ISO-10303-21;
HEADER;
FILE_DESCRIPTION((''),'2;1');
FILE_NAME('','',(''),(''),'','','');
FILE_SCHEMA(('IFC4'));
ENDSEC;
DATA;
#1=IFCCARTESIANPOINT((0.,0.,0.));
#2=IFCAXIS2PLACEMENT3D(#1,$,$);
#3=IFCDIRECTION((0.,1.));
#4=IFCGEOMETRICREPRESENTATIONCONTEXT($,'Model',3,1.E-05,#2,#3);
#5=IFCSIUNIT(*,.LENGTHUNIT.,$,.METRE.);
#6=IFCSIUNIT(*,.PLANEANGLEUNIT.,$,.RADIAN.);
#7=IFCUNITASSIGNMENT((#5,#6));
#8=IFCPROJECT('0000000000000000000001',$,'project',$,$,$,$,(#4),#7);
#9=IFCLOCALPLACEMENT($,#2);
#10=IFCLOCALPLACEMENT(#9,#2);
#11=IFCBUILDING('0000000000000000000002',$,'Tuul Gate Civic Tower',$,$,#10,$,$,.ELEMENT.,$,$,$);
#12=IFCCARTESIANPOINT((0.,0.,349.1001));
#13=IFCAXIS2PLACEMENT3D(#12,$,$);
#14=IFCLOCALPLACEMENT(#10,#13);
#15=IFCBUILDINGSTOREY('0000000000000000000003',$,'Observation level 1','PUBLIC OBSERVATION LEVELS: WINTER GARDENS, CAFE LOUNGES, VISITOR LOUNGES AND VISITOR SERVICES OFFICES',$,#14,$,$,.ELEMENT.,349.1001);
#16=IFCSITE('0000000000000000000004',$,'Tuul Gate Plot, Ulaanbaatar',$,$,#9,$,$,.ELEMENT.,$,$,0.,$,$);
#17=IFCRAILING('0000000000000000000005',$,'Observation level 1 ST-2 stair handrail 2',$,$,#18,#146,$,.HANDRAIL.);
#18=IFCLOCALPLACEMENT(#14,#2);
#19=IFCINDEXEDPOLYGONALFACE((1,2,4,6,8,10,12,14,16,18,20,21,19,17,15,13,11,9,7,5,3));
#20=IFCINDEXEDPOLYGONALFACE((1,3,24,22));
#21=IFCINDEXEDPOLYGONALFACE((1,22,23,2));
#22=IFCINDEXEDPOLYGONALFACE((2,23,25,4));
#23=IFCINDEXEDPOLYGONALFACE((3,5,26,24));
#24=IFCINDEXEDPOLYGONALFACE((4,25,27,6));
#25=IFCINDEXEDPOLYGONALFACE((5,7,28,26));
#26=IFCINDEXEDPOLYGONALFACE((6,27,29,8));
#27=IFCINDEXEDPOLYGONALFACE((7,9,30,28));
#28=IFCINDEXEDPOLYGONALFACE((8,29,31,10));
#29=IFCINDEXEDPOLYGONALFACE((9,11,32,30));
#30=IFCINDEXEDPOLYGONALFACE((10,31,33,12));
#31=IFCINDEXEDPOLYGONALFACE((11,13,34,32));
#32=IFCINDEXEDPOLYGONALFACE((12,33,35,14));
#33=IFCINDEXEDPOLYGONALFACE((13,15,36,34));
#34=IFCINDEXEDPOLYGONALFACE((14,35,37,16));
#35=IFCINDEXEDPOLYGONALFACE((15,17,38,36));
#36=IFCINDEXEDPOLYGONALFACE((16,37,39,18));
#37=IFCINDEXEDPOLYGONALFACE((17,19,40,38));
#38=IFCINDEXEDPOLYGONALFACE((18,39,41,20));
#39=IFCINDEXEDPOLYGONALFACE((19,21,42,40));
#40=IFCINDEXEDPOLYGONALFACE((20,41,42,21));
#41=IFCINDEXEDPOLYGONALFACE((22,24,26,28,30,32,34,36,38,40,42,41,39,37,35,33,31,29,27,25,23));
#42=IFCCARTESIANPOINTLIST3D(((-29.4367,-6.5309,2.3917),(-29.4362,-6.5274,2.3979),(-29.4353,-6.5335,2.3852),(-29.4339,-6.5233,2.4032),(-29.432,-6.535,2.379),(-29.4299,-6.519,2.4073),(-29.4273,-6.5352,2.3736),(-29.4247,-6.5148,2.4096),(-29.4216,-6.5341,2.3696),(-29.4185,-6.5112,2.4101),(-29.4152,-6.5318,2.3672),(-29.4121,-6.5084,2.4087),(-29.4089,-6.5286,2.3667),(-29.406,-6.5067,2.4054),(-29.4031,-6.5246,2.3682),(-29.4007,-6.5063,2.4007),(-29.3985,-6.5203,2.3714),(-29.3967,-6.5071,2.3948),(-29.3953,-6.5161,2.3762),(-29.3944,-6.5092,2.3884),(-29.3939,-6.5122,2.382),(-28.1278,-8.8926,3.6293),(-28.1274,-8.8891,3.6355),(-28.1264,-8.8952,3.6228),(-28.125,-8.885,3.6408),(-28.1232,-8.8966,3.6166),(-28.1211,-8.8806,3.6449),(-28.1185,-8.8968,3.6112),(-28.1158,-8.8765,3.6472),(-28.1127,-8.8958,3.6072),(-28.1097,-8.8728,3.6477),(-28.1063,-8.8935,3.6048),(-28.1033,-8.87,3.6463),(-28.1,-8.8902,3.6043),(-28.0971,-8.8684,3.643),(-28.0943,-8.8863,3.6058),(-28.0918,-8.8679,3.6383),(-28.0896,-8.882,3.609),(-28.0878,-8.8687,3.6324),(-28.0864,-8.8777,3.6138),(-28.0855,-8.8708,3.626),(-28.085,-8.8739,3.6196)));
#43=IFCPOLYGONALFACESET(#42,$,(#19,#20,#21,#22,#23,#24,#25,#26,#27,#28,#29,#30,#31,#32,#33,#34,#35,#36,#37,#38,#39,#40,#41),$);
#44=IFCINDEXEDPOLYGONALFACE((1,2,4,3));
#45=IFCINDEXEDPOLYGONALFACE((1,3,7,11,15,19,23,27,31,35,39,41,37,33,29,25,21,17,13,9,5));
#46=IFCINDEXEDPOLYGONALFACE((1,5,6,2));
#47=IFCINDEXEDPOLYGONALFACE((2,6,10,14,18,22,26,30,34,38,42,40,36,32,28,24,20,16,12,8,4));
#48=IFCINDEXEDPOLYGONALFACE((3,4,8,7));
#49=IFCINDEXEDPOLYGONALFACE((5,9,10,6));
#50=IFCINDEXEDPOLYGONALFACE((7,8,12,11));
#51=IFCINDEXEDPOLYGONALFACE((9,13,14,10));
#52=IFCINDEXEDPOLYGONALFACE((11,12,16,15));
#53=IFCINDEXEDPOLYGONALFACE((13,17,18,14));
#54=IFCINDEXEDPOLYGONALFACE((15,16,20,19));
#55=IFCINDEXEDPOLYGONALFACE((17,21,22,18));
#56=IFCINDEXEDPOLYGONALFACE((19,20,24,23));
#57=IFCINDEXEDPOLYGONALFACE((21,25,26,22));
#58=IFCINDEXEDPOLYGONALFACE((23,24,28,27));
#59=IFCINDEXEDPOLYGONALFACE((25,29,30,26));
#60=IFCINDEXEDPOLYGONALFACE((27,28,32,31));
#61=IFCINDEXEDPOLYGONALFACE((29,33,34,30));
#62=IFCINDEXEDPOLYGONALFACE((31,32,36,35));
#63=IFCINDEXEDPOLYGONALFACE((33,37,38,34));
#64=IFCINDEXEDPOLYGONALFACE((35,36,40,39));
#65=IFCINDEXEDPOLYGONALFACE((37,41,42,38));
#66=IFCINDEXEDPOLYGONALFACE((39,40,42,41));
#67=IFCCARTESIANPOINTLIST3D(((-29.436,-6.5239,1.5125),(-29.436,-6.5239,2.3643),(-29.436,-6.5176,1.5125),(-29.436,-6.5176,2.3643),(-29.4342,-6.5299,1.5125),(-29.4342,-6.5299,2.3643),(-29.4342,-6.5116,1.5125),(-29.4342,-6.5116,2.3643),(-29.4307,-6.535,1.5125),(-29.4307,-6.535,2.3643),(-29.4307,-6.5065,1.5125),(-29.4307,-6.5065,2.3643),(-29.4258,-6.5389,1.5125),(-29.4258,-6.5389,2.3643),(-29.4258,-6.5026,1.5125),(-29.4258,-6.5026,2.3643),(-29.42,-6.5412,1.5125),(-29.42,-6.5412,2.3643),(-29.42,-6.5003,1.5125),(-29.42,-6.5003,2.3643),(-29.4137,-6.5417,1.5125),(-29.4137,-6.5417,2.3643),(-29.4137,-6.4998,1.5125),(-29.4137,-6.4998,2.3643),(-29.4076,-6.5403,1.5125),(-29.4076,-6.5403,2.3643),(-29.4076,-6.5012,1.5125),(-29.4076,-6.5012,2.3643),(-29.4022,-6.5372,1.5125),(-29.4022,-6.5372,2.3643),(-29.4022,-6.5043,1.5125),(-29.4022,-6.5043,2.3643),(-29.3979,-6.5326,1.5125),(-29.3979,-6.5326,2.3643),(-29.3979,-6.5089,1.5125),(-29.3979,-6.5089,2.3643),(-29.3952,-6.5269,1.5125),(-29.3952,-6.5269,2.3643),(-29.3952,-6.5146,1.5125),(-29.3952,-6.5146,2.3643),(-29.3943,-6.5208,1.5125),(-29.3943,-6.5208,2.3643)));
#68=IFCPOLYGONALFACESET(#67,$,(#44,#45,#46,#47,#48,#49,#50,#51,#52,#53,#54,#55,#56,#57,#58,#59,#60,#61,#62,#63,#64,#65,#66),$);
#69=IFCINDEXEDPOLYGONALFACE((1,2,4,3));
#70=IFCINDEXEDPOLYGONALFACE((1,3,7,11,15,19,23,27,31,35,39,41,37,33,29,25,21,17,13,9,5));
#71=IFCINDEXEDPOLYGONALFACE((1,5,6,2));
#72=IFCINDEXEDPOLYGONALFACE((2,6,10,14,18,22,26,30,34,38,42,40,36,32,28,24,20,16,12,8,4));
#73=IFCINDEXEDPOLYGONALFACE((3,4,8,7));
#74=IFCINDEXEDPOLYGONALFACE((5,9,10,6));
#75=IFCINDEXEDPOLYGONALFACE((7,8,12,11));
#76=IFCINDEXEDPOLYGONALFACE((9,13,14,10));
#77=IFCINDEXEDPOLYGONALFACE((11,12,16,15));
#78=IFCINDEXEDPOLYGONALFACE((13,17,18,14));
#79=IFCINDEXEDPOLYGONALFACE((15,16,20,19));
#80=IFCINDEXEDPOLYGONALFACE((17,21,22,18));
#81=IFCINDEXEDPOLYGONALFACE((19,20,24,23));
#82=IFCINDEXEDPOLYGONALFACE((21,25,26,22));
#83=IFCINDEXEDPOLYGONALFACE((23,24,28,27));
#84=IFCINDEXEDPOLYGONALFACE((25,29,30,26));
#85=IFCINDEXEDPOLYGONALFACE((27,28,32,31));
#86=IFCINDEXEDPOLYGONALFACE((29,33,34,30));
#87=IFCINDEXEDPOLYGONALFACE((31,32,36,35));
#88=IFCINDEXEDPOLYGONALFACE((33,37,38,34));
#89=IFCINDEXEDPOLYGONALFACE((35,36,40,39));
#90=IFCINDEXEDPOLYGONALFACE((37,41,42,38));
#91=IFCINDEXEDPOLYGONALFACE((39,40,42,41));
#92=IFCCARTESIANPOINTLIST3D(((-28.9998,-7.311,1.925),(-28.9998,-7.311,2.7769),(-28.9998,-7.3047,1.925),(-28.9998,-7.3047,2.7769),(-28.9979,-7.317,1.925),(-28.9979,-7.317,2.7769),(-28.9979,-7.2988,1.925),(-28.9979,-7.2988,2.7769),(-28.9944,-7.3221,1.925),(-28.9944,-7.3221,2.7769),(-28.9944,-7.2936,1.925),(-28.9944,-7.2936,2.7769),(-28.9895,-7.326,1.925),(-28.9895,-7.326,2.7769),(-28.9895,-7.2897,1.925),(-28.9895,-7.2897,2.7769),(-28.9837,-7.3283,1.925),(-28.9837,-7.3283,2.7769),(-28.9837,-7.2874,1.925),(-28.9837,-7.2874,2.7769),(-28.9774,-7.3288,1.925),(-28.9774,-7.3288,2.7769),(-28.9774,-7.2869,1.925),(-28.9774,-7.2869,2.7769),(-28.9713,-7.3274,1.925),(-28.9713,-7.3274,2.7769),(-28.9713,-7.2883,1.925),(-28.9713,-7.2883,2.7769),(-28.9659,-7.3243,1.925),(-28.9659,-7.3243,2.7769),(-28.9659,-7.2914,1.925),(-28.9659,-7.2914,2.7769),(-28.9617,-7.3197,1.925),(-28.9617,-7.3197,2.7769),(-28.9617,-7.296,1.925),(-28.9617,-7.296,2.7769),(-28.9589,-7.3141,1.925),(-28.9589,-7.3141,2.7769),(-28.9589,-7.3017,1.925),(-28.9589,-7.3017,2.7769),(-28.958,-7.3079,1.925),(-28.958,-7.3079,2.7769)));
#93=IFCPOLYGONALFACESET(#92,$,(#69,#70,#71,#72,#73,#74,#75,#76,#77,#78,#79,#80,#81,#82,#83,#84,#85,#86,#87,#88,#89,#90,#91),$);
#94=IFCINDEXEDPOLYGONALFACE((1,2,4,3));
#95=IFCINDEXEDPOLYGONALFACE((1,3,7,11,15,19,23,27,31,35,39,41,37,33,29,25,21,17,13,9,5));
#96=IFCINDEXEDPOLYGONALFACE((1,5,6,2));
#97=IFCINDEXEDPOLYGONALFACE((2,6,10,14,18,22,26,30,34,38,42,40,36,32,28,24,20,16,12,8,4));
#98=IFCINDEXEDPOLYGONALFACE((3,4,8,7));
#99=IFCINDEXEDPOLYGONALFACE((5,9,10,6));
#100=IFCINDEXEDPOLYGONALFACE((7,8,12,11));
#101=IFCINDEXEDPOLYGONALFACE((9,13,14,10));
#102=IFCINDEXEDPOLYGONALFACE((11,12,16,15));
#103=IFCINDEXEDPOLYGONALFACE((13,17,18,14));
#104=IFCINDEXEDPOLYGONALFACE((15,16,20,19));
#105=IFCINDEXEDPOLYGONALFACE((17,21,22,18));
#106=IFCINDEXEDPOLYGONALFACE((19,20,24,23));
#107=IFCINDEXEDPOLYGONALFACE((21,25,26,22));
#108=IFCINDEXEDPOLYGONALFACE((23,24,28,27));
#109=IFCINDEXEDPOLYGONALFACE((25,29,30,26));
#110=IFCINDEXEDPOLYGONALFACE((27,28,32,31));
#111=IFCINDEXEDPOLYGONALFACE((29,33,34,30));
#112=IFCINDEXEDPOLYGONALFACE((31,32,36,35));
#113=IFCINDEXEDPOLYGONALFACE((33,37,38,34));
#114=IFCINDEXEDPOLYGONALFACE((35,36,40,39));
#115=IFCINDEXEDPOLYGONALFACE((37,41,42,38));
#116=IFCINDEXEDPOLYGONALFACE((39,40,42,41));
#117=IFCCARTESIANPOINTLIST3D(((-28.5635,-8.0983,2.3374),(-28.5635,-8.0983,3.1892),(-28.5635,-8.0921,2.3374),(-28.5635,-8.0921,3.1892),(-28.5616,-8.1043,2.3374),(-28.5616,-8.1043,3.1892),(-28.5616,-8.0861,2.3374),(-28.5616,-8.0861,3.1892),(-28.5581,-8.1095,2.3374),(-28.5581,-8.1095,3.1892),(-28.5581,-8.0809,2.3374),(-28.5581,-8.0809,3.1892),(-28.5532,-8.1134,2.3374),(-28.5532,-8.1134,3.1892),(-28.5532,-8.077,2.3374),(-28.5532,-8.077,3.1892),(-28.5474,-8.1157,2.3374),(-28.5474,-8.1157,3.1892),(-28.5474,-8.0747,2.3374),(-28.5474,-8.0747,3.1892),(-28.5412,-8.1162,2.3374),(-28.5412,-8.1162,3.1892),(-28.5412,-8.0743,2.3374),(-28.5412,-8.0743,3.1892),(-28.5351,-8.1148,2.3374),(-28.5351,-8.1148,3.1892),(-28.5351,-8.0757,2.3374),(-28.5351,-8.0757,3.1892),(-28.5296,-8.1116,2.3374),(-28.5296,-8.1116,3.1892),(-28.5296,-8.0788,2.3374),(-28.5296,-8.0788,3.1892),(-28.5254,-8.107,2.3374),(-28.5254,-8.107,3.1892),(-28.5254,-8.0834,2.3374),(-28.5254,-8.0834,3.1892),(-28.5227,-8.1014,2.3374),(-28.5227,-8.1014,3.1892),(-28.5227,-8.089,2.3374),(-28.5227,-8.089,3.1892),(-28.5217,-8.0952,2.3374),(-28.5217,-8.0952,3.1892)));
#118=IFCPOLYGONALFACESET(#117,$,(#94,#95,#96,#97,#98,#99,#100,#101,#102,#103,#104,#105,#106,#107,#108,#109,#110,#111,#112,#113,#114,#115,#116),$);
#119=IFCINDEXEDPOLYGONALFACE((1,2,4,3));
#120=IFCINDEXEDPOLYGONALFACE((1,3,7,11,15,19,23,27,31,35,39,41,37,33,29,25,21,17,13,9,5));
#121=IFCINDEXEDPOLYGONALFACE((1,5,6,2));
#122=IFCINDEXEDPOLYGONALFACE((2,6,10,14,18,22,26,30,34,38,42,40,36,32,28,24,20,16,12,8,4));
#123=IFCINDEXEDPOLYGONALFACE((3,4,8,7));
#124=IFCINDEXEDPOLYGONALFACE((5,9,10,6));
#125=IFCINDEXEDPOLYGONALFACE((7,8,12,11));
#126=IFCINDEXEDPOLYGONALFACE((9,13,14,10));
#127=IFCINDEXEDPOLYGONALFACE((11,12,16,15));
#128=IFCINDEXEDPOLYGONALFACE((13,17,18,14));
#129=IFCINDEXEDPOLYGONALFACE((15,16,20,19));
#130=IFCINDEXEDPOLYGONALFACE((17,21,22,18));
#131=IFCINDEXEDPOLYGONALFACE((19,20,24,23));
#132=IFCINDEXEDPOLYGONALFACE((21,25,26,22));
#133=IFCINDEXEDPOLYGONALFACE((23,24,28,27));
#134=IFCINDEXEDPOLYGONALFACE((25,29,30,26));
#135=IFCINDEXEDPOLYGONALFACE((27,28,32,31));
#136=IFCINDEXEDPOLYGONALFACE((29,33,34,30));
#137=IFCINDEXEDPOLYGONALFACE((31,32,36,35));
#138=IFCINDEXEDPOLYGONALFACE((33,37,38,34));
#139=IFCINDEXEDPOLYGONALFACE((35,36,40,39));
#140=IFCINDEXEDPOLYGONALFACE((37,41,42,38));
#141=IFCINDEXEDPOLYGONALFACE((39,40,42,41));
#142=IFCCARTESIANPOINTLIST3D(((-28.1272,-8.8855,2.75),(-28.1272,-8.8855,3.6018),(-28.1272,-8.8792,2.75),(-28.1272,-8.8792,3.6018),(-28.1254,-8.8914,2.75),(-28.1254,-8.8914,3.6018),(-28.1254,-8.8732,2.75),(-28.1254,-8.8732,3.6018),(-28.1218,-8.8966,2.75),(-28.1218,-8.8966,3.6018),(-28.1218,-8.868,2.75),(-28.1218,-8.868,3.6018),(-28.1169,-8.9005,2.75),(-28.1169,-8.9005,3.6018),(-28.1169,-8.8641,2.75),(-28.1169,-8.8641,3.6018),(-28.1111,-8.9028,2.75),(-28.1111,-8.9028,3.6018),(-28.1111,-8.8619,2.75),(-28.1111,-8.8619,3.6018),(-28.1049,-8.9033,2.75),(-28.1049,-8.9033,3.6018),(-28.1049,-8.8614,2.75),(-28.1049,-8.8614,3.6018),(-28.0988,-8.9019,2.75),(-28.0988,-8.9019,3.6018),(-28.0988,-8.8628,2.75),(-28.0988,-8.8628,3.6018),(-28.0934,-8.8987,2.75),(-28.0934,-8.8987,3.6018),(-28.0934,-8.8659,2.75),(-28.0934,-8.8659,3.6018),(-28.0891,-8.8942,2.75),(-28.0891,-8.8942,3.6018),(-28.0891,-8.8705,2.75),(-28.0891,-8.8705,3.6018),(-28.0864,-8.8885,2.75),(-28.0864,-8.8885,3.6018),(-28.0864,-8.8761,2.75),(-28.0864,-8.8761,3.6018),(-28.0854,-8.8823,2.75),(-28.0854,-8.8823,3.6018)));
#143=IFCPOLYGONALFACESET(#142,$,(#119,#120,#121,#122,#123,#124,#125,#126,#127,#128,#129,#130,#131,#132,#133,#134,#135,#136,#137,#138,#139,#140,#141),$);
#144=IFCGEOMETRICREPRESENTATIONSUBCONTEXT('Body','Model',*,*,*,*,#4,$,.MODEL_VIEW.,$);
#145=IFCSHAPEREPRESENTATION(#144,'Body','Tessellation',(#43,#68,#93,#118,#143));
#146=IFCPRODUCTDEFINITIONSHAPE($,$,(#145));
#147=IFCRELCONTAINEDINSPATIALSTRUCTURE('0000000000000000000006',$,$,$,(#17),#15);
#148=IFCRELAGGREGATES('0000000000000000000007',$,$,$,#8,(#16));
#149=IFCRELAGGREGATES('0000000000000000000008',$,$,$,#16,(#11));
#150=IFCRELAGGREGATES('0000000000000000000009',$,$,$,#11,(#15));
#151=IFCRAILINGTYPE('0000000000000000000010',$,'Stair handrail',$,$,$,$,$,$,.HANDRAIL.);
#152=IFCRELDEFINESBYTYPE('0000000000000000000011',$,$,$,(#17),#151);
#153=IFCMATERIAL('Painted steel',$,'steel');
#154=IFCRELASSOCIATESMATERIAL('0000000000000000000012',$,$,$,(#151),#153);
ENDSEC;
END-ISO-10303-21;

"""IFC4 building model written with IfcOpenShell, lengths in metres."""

from ifc_helpers import new_model, si_unit, direction, frame, origin, origin_2d, place, context, subcontext, project, spatial, circle, extrude, material, type_object, element, save


model = new_model("IFC4")

# Units and contexts
model_context = context("Model", 3, precision=1e-05, world=origin(), true_north=direction((0.0, 1.0)))
body_context = subcontext(model_context, "Body", "Model", "MODEL_VIEW")
ifc_project = project(units=[si_unit("LENGTHUNIT", "METRE"), si_unit("PLANEANGLEUNIT", "RADIAN")], contexts=[model_context])

# Site, building, storey
site_placement = place(None, origin())
site = spatial("IfcSite", under=ifc_project, at=site_placement, Name="Tuul Gate Plot, Ulaanbaatar", CompositionType="ELEMENT", RefElevation=0.0)
building_placement = place(site_placement, origin())
building = spatial("IfcBuilding", under=site, at=building_placement, Name="Tuul Gate Civic Tower", CompositionType="ELEMENT")
storey_placement = place(building_placement, frame((0.0, 0.0, 349.1001)))
storey = spatial("IfcBuildingStorey", under=building, at=storey_placement, Name="Observation level 1", Description="PUBLIC OBSERVATION LEVELS: WINTER GARDENS, CAFE LOUNGES, VISITOR LOUNGES AND VISITOR SERVICES OFFICES", CompositionType="ELEMENT", Elevation=349.1001)

# Railing
ifc_material_1 = material(Name="Painted steel", Category="steel")
railing_type_1 = type_object("IfcRailingType", Name="Stair handrail", PredefinedType="HANDRAIL", material=ifc_material_1)
railing_1_placement = place(storey_placement, frame((-29.4153, -6.5208, 1.5125)))
element("IfcRailing", 1, at=railing_1_placement, inside=storey, type_object=railing_type_1, Name="Observation level 1 ST-2 stair handrail 2", PredefinedType="HANDRAIL", context=body_context, shape_type="SweptSolid", body=[
    extrude(circle(Radius=0.0239, at=origin_2d()), frame((0.0, 0.0, 0.876), z_axis=(0.440668, -0.79511, 0.416666), x_axis=(0.874652, 0.484752, 0.0)), (0.0, 0.0, 1.0), 2.9702),
    extrude(circle(Radius=0.021, at=origin_2d()), origin(), (0.0, 0.0, 1.0), 0.8518),
    extrude(circle(Radius=0.021, at=origin_2d()), frame((0.4363, -0.7871, 0.4126)), (0.0, 0.0, 1.0), 0.8518),
    extrude(circle(Radius=0.021, at=origin_2d()), frame((0.8726, -1.5745, 0.825)), (0.0, 0.0, 1.0), 0.8518),
    extrude(circle(Radius=0.021, at=origin_2d()), frame((1.3088, -2.3616, 1.2375)), (0.0, 0.0, 1.0), 0.8518),
])

save(model, "model.ifc")
